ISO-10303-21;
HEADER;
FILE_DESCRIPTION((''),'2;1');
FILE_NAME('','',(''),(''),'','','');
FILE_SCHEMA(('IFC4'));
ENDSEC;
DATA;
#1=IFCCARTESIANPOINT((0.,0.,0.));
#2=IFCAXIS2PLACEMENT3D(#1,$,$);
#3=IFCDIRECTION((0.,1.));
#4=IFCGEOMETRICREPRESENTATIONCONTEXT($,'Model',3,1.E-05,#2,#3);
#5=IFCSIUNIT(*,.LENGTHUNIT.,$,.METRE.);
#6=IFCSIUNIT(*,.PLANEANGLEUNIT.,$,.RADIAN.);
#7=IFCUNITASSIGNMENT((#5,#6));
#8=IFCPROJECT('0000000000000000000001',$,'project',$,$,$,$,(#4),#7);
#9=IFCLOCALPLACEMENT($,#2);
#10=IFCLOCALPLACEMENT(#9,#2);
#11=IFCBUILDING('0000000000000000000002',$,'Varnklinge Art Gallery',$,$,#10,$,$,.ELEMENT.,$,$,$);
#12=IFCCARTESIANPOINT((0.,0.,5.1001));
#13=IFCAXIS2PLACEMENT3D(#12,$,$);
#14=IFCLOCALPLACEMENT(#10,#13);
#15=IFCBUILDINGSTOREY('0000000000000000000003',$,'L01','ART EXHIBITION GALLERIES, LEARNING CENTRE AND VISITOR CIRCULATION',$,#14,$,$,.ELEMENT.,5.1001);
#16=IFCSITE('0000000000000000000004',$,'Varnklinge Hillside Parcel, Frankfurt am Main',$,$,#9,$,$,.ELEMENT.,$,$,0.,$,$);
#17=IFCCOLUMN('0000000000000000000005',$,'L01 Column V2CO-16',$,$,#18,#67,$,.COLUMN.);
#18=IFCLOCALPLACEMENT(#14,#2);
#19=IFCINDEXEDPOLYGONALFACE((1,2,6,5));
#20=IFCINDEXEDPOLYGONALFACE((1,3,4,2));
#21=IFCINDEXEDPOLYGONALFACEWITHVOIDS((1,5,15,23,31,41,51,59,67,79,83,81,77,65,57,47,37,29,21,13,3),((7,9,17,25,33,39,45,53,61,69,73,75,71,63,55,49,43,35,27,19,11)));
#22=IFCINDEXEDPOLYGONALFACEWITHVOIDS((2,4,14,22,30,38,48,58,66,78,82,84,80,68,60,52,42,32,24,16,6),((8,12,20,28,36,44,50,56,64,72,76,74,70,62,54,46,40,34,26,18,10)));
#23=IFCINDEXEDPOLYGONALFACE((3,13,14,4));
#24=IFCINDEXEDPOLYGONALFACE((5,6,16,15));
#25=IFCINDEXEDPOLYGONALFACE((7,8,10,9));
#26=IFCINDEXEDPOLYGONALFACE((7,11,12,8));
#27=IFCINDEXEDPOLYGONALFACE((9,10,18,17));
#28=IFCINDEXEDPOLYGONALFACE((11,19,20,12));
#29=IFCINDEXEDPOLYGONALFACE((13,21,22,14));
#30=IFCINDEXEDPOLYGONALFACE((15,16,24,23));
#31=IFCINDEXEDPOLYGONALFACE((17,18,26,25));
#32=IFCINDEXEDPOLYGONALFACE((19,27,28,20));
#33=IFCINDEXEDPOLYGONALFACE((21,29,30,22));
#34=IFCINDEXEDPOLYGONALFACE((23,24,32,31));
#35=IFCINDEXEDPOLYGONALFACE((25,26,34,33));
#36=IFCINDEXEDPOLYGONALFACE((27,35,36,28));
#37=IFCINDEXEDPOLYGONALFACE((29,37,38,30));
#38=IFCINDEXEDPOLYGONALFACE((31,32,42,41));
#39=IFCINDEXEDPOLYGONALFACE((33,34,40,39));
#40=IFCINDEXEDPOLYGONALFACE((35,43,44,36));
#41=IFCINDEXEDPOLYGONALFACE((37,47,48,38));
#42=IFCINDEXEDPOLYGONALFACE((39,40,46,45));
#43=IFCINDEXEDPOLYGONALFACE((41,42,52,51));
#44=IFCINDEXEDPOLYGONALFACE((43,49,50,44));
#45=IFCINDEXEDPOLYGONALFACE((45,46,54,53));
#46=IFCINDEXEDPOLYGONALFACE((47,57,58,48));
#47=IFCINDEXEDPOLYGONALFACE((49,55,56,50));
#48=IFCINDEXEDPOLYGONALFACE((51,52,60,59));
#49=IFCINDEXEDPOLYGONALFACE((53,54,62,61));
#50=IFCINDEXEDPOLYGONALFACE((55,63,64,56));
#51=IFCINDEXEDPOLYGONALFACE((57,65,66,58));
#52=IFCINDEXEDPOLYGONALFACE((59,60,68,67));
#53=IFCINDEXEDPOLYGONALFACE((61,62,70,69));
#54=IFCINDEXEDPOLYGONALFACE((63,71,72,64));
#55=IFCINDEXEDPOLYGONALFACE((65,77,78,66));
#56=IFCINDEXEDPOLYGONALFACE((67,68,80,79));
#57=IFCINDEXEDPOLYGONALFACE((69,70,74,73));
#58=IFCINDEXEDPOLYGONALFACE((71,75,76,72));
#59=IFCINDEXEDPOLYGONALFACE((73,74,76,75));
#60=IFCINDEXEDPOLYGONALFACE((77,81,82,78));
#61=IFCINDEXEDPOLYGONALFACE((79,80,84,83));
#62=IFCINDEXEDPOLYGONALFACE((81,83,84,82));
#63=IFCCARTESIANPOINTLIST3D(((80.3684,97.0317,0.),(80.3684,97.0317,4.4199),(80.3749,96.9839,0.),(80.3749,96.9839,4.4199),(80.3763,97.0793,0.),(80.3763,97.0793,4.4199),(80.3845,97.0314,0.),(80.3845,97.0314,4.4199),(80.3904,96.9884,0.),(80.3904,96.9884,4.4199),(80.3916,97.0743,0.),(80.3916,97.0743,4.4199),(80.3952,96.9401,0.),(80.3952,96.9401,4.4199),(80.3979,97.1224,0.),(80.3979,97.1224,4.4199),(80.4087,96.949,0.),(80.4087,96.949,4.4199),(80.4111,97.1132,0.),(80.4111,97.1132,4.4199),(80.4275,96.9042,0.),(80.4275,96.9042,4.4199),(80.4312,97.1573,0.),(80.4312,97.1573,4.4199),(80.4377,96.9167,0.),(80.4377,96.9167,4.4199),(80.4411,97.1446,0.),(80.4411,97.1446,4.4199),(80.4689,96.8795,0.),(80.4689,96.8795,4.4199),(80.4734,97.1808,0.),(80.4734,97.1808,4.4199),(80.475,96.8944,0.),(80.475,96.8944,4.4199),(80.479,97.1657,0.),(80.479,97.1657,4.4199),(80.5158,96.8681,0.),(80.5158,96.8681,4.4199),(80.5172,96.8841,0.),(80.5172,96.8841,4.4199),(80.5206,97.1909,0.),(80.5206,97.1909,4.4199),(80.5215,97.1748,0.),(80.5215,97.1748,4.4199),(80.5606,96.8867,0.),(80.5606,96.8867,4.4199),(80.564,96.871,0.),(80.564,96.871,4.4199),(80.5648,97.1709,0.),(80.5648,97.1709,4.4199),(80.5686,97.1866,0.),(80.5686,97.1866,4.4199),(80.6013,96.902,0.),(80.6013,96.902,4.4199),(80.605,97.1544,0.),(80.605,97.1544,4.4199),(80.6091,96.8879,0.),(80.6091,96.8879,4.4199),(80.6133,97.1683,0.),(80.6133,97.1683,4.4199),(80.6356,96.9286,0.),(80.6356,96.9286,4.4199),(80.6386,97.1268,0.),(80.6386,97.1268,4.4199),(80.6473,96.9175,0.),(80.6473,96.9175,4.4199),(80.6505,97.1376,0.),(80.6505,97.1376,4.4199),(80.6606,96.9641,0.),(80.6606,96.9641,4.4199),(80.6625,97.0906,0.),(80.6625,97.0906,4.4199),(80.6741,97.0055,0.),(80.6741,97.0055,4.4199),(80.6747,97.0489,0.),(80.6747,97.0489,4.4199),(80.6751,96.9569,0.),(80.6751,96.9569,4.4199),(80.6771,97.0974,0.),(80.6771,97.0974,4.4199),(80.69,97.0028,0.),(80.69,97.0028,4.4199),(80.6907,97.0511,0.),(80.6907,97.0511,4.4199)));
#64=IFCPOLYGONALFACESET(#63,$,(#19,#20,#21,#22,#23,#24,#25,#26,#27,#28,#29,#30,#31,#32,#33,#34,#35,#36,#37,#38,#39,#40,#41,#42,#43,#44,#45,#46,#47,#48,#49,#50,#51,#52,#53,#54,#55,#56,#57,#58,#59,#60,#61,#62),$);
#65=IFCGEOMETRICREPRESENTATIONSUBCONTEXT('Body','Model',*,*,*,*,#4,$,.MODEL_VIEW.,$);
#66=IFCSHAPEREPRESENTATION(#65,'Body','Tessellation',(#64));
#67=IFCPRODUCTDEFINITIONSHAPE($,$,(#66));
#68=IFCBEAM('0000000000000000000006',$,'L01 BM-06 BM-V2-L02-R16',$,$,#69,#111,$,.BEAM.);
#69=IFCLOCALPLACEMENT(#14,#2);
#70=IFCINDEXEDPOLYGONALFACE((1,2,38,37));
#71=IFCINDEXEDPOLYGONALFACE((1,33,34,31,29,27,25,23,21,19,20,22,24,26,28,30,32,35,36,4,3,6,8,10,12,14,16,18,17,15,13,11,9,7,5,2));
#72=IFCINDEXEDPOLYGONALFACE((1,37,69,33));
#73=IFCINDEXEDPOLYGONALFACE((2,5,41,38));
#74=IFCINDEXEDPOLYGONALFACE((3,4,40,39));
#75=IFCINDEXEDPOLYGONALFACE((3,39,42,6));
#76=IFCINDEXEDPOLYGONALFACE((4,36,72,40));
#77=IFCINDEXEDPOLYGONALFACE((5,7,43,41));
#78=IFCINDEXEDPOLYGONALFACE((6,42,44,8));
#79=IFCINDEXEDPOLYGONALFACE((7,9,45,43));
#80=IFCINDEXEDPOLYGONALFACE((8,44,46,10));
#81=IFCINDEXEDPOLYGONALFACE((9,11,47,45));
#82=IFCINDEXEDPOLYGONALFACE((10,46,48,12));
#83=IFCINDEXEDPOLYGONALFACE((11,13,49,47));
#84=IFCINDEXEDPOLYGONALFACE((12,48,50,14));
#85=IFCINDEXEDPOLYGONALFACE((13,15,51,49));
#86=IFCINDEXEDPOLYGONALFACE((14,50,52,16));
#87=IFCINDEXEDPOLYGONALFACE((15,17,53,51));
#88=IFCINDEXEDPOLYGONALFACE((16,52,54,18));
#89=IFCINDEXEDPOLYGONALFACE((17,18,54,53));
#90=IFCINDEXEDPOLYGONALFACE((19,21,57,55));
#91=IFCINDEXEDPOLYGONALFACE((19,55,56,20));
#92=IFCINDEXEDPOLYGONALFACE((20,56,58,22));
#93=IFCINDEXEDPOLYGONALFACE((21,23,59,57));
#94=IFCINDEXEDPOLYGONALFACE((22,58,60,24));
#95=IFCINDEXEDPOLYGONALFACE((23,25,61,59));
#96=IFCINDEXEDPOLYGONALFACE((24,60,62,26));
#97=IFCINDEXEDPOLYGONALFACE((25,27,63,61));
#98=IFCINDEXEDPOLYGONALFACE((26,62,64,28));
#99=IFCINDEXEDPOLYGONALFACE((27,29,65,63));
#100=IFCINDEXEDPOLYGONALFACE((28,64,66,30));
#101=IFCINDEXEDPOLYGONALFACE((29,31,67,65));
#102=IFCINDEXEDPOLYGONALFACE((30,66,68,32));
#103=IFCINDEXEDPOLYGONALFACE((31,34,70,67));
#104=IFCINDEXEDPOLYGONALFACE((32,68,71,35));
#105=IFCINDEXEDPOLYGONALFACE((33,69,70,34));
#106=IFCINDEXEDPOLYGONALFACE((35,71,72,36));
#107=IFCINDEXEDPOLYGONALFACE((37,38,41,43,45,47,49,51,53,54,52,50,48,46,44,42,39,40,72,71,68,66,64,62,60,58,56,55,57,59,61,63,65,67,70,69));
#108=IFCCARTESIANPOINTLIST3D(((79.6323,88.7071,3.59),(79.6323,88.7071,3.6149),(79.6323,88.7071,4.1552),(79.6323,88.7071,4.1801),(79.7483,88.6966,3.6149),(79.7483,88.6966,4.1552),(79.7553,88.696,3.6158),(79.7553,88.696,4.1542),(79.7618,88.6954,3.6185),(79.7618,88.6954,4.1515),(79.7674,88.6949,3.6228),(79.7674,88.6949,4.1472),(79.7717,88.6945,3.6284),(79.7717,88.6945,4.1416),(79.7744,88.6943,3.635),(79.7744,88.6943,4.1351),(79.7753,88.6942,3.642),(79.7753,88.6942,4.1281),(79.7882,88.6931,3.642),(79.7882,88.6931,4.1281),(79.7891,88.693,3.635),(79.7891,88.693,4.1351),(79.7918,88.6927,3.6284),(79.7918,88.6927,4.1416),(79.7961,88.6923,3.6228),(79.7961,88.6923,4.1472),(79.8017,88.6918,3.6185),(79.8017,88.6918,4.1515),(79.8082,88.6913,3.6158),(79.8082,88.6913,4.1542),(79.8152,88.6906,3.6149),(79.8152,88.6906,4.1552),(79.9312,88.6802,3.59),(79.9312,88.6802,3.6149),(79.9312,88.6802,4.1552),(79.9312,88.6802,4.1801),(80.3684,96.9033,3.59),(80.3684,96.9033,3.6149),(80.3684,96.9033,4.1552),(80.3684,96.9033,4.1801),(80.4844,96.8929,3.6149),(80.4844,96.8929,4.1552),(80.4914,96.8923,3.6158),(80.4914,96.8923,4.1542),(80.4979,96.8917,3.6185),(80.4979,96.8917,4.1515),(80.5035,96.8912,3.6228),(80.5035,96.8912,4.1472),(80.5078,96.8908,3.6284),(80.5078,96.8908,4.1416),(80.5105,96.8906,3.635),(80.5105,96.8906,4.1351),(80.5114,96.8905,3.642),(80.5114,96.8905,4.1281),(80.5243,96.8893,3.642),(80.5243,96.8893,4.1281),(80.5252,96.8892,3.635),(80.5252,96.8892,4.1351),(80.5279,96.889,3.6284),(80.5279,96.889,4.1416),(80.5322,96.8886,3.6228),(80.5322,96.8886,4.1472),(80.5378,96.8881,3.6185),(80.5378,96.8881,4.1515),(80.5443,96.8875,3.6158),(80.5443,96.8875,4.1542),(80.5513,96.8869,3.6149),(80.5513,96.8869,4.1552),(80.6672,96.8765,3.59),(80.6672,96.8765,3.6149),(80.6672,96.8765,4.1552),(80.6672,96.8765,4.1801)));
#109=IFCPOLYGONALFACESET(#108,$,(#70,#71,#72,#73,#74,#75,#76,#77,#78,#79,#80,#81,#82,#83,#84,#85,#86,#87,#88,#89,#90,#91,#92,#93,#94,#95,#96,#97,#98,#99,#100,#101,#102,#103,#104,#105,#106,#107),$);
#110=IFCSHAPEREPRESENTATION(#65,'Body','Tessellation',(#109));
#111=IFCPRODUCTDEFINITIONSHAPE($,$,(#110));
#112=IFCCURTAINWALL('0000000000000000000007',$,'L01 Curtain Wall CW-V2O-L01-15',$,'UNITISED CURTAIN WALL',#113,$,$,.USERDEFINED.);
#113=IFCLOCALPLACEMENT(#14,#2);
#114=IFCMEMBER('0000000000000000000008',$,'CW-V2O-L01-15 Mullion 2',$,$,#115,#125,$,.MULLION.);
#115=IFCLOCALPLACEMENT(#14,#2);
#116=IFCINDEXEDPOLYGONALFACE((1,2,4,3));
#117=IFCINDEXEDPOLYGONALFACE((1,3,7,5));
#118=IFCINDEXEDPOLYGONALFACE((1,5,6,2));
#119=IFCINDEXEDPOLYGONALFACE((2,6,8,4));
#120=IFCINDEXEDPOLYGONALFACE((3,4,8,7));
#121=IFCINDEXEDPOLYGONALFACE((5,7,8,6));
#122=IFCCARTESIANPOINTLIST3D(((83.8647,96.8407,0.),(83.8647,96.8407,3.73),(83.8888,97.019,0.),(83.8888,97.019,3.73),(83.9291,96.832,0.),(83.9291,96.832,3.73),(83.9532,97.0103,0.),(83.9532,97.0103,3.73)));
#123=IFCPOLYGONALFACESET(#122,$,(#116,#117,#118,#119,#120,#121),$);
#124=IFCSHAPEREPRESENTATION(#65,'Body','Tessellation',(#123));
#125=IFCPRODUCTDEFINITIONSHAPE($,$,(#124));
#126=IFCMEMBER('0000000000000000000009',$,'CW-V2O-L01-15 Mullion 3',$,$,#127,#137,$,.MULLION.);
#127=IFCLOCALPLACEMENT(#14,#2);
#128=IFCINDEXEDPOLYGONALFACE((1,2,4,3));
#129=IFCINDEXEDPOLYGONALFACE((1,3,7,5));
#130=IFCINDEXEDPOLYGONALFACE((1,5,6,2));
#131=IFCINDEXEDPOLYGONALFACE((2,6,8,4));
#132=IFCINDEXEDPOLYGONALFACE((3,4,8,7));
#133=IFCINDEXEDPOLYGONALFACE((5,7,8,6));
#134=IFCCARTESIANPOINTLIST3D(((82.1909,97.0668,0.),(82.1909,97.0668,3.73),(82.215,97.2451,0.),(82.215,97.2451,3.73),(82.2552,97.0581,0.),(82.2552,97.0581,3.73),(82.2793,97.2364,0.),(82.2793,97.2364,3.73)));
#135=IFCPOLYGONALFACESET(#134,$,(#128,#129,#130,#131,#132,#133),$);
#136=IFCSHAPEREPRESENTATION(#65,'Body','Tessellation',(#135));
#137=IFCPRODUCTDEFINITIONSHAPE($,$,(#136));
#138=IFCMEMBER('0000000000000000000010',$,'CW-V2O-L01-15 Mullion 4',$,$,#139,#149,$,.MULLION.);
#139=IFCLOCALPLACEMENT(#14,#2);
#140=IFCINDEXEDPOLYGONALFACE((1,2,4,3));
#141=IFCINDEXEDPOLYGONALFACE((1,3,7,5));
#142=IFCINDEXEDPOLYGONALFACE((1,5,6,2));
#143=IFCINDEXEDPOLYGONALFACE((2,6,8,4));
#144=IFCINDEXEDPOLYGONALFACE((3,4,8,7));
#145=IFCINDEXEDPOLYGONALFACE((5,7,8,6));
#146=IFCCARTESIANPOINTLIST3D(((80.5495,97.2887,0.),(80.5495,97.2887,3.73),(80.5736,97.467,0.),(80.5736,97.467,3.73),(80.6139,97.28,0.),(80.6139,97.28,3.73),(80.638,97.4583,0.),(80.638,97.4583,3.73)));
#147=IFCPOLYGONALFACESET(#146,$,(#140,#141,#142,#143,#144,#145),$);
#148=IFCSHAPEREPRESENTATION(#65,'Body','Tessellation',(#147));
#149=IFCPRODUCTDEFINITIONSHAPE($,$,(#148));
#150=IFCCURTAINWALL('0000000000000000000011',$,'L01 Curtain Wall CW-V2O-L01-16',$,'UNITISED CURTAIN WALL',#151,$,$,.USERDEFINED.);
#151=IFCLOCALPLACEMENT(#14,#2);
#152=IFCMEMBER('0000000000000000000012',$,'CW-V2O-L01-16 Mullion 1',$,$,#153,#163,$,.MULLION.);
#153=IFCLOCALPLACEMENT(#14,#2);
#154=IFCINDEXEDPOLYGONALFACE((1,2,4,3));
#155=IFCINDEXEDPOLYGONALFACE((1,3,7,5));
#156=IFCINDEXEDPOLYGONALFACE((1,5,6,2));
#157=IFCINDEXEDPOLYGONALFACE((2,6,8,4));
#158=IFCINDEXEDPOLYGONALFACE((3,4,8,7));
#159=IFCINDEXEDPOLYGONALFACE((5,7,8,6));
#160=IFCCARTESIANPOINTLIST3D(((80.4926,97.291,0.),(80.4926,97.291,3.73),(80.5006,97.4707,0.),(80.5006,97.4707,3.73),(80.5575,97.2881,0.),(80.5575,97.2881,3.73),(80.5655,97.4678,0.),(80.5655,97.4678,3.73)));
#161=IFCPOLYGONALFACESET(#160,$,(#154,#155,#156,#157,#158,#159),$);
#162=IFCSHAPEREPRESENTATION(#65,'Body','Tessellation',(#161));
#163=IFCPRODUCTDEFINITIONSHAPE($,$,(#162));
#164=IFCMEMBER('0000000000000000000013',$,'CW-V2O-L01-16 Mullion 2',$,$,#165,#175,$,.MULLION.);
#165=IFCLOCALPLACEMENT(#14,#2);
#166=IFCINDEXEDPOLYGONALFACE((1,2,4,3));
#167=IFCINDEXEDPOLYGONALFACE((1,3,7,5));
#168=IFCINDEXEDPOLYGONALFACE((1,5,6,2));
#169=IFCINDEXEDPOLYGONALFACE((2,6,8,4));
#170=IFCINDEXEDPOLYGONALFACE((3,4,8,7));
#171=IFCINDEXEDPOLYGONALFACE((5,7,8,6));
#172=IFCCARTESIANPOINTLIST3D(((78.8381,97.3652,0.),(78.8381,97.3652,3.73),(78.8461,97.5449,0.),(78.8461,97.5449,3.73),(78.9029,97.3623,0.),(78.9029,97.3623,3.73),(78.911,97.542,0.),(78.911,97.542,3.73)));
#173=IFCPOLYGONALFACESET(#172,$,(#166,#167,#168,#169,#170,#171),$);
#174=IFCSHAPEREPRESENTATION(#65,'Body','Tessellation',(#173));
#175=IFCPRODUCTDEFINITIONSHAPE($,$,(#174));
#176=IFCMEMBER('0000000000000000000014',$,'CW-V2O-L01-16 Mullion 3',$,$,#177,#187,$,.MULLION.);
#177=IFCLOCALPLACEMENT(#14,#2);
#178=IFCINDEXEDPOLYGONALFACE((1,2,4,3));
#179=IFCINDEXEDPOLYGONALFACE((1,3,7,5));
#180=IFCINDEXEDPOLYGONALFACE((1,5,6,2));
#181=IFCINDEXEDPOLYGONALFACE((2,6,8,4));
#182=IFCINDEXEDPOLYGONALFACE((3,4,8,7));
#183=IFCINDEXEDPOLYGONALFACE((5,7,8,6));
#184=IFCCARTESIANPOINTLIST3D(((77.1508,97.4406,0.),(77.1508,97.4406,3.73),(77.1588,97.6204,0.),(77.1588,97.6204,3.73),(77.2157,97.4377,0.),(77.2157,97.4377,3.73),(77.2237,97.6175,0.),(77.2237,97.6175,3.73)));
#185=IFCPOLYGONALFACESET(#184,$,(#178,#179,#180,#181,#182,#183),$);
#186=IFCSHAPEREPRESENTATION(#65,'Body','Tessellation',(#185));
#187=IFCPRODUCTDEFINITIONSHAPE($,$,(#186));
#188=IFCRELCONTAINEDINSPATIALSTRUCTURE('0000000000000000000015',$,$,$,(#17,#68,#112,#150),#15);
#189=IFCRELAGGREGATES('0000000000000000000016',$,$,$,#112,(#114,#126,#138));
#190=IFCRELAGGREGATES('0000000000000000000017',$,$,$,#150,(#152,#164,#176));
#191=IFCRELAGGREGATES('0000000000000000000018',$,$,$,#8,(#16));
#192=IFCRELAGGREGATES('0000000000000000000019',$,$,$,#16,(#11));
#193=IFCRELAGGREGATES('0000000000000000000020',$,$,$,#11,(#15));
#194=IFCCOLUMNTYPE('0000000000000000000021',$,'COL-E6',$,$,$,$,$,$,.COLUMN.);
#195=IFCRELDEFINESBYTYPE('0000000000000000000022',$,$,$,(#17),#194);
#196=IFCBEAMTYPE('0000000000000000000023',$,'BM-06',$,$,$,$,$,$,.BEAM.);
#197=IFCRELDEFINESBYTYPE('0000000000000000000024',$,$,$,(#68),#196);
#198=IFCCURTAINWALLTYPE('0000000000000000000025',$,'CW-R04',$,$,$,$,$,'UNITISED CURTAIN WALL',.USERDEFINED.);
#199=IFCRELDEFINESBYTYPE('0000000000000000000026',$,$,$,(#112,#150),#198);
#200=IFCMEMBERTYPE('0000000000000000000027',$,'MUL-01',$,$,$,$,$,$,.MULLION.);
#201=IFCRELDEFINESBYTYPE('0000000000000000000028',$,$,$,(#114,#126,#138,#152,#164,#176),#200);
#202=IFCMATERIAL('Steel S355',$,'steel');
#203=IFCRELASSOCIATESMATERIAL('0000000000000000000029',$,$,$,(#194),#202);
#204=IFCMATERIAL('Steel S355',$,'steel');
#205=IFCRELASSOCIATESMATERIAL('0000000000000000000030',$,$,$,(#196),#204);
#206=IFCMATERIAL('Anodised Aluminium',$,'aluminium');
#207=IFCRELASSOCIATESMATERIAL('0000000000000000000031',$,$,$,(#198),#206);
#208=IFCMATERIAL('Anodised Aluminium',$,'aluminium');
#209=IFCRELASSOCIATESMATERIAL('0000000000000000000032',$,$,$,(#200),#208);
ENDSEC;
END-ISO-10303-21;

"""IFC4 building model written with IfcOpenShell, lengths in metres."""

from ifc_helpers import new_model, si_unit, direction, frame, origin, origin_2d, place, context, subcontext, project, spatial, rectangle, hollow_circle, i_section, extrude, material, material_profile, profile_set, type_object, element, aggregate, save


model = new_model("IFC4")

# Units and contexts
model_context = context("Model", 3, precision=1e-05, world=origin(), true_north=direction((0.0, 1.0)))
body_context = subcontext(model_context, "Body", "Model", "MODEL_VIEW")
ifc_project = project(units=[si_unit("LENGTHUNIT", "METRE"), si_unit("PLANEANGLEUNIT", "RADIAN")], contexts=[model_context])

# Site, building, storey
site_placement = place(None, origin())
site = spatial("IfcSite", under=ifc_project, at=site_placement, Name="Varnklinge Hillside Parcel, Frankfurt am Main", CompositionType="ELEMENT", RefElevation=0.0)
building_placement = place(site_placement, origin())
building = spatial("IfcBuilding", under=site, at=building_placement, Name="Varnklinge Art Gallery", CompositionType="ELEMENT")
storey_placement = place(building_placement, frame((0.0, 0.0, 5.1001)))
storey = spatial("IfcBuildingStorey", under=building, at=storey_placement, Name="L01", Description="ART EXHIBITION GALLERIES, LEARNING CENTRE AND VISITOR CIRCULATION", CompositionType="ELEMENT", Elevation=5.1001)

# Column
ifc_material_1 = material(Name="Steel S355", Category="steel")
ifc_material_profile_1 = material_profile(ifc_material_1, hollow_circle(Radius=0.1619, WallThickness=0.0161, at=origin_2d()), Name="CHS 323.9x16")
ifc_profile_set_1 = profile_set([ifc_material_profile_1], Name="Steel S355")
column_type = type_object("IfcColumnType", Name="COL-E6", PredefinedType="COLUMN", material=ifc_profile_set_1)
column_placement = place(storey_placement, frame((80.5303, 97.0293, 0.0), z_axis=(0.0, 0.0, 1.0), x_axis=(-0.089416, -0.995994, 0.0)))
element("IfcColumn", 1, at=column_placement, inside=storey, type_object=column_type, Name="L01 Column V2CO-16", PredefinedType="COLUMN", context=body_context, shape_type="SweptSolid", body=[
    extrude(hollow_circle(Radius=0.1619, WallThickness=0.0161, at=origin_2d()), origin(), (0.0, 0.0, 1.0), 4.4199),
])

# Beam
ifc_material_2 = material(Name="Steel S355", Category="steel")
ifc_material_profile_2 = material_profile(ifc_material_2, i_section(OverallWidth=0.3, OverallDepth=0.5901, WebThickness=0.0129, FlangeThickness=0.0249, FilletRadius=0.0271, at=origin_2d()), Name="HEA 600")
ifc_profile_set_2 = profile_set([ifc_material_profile_2], Name="Steel S355")
beam_type_1 = type_object("IfcBeamType", Name="BM-06", PredefinedType="BEAM", material=ifc_profile_set_2)
beam_1_placement = place(storey_placement, frame((80.5178, 96.8899, 3.885), z_axis=(-0.089447, -0.995992, 0.0), x_axis=(0.995992, -0.089447, 0.0)))
element("IfcBeam", 2, at=beam_1_placement, inside=storey, type_object=beam_type_1, Name="L01 BM-06 BM-V2-L02-R16", PredefinedType="BEAM", context=body_context, shape_type="SweptSolid", body=[
    extrude(i_section(OverallWidth=0.3, OverallDepth=0.5901, WebThickness=0.0129, FlangeThickness=0.0249, FilletRadius=0.0271, at=origin_2d()), origin(), (0.0, 0.0, 1.0), 8.2292),
])

# Curtain walls, members
ifc_material_3 = material(Name="Anodised Aluminium", Category="aluminium")
curtain_wall_type = type_object("IfcCurtainWallType", Name="CW-R04", ElementType="UNITISED CURTAIN WALL", PredefinedType="USERDEFINED", material=ifc_material_3)
curtain_wall_1_placement = place(storey_placement, origin())
curtain_wall_1 = element("IfcCurtainWall", 3, at=curtain_wall_1_placement, inside=storey, type_object=curtain_wall_type, Name="L01 Curtain Wall CW-V2O-L01-15", ObjectType="UNITISED CURTAIN WALL", PredefinedType="USERDEFINED")
ifc_material_4 = material(Name="Anodised Aluminium", Category="aluminium")
ifc_material_profile_3 = material_profile(ifc_material_4, rectangle(XDim=0.0649, YDim=0.1799, at=origin_2d()), Name="ALU 65x180")
ifc_profile_set_3 = profile_set([ifc_material_profile_3], Name="Anodised Aluminium")
member_type_1 = type_object("IfcMemberType", Name="MUL-01", PredefinedType="MULLION", material=ifc_profile_set_3)
member_1_placement = place(storey_placement, frame((83.9089, 96.9255, 0.0), z_axis=(0.0, 0.0, 1.0), x_axis=(-0.990983, 0.133986, 0.0)))
member_1 = element("IfcMember", 4, at=member_1_placement, type_object=member_type_1, Name="CW-V2O-L01-15 Mullion 2", PredefinedType="MULLION", context=body_context, shape_type="SweptSolid", body=[
    extrude(rectangle(XDim=0.0649, YDim=0.1799, at=origin_2d()), origin(), (0.0, 0.0, 1.0), 3.73),
])
member_2_placement = place(storey_placement, frame((82.2351, 97.1516, 0.0), z_axis=(0.0, 0.0, 1.0), x_axis=(-0.990983, 0.133986, 0.0)))
member_2 = element("IfcMember", 5, at=member_2_placement, type_object=member_type_1, Name="CW-V2O-L01-15 Mullion 3", PredefinedType="MULLION", context=body_context, shape_type="SweptSolid", body=[
    extrude(rectangle(XDim=0.0649, YDim=0.1799, at=origin_2d()), origin(), (0.0, 0.0, 1.0), 3.73),
])
member_3_placement = place(storey_placement, frame((80.5938, 97.3735, 0.0), z_axis=(0.0, 0.0, 1.0), x_axis=(-0.990983, 0.133986, 0.0)))
member_3 = element("IfcMember", 6, at=member_3_placement, type_object=member_type_1, Name="CW-V2O-L01-15 Mullion 4", PredefinedType="MULLION", context=body_context, shape_type="SweptSolid", body=[
    extrude(rectangle(XDim=0.0649, YDim=0.1799, at=origin_2d()), origin(), (0.0, 0.0, 1.0), 3.73),
])
curtain_wall_2_placement = place(storey_placement, origin())
curtain_wall_2 = element("IfcCurtainWall", 7, at=curtain_wall_2_placement, inside=storey, type_object=curtain_wall_type, Name="L01 Curtain Wall CW-V2O-L01-16", ObjectType="UNITISED CURTAIN WALL", PredefinedType="USERDEFINED")
member_4_placement = place(storey_placement, frame((80.5291, 97.3794, 0.0), z_axis=(0.0, 0.0, 1.0), x_axis=(-0.999002, 0.044666, 0.0)))
member_4 = element("IfcMember", 8, at=member_4_placement, type_object=member_type_1, Name="CW-V2O-L01-16 Mullion 1", PredefinedType="MULLION", context=body_context, shape_type="SweptSolid", body=[
    extrude(rectangle(XDim=0.0649, YDim=0.1799, at=origin_2d()), origin(), (0.0, 0.0, 1.0), 3.73),
])
member_5_placement = place(storey_placement, frame((78.8745, 97.4536, 0.0), z_axis=(0.0, 0.0, 1.0), x_axis=(-0.999002, 0.044666, 0.0)))
member_5 = element("IfcMember", 9, at=member_5_placement, type_object=member_type_1, Name="CW-V2O-L01-16 Mullion 2", PredefinedType="MULLION", context=body_context, shape_type="SweptSolid", body=[
    extrude(rectangle(XDim=0.0649, YDim=0.1799, at=origin_2d()), origin(), (0.0, 0.0, 1.0), 3.73),
])
member_6_placement = place(storey_placement, frame((77.1873, 97.5291, 0.0), z_axis=(0.0, 0.0, 1.0), x_axis=(-0.999002, 0.044666, 0.0)))
member_6 = element("IfcMember", 10, at=member_6_placement, type_object=member_type_1, Name="CW-V2O-L01-16 Mullion 3", PredefinedType="MULLION", context=body_context, shape_type="SweptSolid", body=[
    extrude(rectangle(XDim=0.0649, YDim=0.1799, at=origin_2d()), origin(), (0.0, 0.0, 1.0), 3.73),
])

aggregate(curtain_wall_1, [member_1, member_2, member_3])
aggregate(curtain_wall_2, [member_4, member_5, member_6])

save(model, "model.ifc")
